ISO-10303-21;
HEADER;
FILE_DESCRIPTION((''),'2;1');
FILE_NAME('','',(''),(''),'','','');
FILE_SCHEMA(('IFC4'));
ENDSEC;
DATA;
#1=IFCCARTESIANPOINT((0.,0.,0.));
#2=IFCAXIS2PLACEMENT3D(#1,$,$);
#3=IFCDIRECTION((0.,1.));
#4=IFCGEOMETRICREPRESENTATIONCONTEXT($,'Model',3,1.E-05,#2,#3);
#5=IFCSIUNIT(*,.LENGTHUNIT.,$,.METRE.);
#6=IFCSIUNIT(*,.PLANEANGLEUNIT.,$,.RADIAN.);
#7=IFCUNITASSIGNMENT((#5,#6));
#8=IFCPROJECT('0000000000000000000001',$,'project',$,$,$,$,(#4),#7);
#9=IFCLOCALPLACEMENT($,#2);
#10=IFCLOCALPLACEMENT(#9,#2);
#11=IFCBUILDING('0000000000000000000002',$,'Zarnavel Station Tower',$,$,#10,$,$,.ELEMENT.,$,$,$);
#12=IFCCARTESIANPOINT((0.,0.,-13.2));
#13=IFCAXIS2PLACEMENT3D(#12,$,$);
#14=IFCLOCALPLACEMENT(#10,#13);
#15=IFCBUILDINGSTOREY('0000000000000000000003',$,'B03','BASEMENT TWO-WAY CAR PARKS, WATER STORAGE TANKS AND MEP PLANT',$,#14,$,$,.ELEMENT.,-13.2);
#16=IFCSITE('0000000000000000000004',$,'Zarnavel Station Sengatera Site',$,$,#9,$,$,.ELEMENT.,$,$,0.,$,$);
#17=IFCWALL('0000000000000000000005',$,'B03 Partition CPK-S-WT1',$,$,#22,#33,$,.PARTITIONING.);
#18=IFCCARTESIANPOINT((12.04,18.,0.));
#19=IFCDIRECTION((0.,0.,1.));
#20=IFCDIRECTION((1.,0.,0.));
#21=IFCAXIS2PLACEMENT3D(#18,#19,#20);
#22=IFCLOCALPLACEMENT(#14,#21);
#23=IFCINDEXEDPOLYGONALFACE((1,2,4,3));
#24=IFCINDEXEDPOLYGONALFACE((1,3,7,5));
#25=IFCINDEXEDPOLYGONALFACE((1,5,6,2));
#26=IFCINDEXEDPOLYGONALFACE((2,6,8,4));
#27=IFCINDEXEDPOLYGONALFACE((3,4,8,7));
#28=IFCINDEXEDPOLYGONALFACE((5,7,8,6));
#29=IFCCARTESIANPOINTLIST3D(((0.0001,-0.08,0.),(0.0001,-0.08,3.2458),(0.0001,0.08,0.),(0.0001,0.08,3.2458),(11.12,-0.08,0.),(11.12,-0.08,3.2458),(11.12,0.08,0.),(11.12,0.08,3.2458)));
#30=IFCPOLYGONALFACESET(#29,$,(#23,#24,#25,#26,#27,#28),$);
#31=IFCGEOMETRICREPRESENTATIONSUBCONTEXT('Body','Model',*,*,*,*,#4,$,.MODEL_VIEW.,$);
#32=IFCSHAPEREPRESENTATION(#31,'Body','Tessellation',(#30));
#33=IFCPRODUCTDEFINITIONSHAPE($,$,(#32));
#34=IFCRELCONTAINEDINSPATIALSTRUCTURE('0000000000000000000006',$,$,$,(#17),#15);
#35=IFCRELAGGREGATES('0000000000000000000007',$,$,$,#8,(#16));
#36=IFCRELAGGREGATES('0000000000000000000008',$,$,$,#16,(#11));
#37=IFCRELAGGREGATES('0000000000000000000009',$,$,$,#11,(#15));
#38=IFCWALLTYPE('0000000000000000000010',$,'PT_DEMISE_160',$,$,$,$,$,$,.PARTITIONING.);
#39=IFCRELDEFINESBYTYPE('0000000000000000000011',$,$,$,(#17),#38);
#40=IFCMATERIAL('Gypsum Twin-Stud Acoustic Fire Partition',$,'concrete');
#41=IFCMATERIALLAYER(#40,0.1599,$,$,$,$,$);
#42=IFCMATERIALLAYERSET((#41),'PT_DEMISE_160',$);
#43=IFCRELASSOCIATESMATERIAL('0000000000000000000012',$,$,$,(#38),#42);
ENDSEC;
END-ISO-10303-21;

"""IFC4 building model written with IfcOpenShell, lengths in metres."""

from ifc_helpers import new_model, si_unit, direction, frame, frame_2d, origin, place, context, subcontext, project, spatial, rectangle, extrude, material, layer, layer_set, type_object, element, save


model = new_model("IFC4")

# Units and contexts
model_context = context("Model", 3, precision=1e-05, world=origin(), true_north=direction((0.0, 1.0)))
body_context = subcontext(model_context, "Body", "Model", "MODEL_VIEW")
ifc_project = project(units=[si_unit("LENGTHUNIT", "METRE"), si_unit("PLANEANGLEUNIT", "RADIAN")], contexts=[model_context])

# Site, building, storey
site_placement = place(None, origin())
site = spatial("IfcSite", under=ifc_project, at=site_placement, Name="Zarnavel Station Sengatera Site", CompositionType="ELEMENT", RefElevation=0.0)
building_placement = place(site_placement, origin())
building = spatial("IfcBuilding", under=site, at=building_placement, Name="Zarnavel Station Tower", CompositionType="ELEMENT")
storey_placement = place(building_placement, frame((0.0, 0.0, -13.2)))
storey = spatial("IfcBuildingStorey", under=building, at=storey_placement, Name="B03", Description="BASEMENT TWO-WAY CAR PARKS, WATER STORAGE TANKS AND MEP PLANT", CompositionType="ELEMENT", Elevation=-13.2)

# Shared definitions
ifc_material_1 = material(Name="Gypsum Twin-Stud Acoustic Fire Partition", Category="concrete")
ifc_layer = layer(ifc_material_1, 0.1599)
ifc_layer_set = layer_set([ifc_layer], Name="PT_DEMISE_160")
wall_type = type_object("IfcWallType", Name="PT_DEMISE_160", PredefinedType="PARTITIONING", material=ifc_layer_set)

# Wall
wall_1_placement = place(storey_placement, frame((12.04, 18.0, 0.0), z_axis=(0.0, 0.0, 1.0), x_axis=(1.0, 0.0, 0.0)))
element("IfcWall", 1, at=wall_1_placement, inside=storey, type_object=wall_type, Name="B03 Partition CPK-S-WT1", PredefinedType="PARTITIONING", context=body_context, shape_type="SweptSolid", body=[
    extrude(rectangle(XDim=11.1199, YDim=0.1599, at=frame_2d((5.5601, 0.0))), origin(), (0.0, 0.0, 1.0), 3.2458),
])

save(model, "model.ifc")
